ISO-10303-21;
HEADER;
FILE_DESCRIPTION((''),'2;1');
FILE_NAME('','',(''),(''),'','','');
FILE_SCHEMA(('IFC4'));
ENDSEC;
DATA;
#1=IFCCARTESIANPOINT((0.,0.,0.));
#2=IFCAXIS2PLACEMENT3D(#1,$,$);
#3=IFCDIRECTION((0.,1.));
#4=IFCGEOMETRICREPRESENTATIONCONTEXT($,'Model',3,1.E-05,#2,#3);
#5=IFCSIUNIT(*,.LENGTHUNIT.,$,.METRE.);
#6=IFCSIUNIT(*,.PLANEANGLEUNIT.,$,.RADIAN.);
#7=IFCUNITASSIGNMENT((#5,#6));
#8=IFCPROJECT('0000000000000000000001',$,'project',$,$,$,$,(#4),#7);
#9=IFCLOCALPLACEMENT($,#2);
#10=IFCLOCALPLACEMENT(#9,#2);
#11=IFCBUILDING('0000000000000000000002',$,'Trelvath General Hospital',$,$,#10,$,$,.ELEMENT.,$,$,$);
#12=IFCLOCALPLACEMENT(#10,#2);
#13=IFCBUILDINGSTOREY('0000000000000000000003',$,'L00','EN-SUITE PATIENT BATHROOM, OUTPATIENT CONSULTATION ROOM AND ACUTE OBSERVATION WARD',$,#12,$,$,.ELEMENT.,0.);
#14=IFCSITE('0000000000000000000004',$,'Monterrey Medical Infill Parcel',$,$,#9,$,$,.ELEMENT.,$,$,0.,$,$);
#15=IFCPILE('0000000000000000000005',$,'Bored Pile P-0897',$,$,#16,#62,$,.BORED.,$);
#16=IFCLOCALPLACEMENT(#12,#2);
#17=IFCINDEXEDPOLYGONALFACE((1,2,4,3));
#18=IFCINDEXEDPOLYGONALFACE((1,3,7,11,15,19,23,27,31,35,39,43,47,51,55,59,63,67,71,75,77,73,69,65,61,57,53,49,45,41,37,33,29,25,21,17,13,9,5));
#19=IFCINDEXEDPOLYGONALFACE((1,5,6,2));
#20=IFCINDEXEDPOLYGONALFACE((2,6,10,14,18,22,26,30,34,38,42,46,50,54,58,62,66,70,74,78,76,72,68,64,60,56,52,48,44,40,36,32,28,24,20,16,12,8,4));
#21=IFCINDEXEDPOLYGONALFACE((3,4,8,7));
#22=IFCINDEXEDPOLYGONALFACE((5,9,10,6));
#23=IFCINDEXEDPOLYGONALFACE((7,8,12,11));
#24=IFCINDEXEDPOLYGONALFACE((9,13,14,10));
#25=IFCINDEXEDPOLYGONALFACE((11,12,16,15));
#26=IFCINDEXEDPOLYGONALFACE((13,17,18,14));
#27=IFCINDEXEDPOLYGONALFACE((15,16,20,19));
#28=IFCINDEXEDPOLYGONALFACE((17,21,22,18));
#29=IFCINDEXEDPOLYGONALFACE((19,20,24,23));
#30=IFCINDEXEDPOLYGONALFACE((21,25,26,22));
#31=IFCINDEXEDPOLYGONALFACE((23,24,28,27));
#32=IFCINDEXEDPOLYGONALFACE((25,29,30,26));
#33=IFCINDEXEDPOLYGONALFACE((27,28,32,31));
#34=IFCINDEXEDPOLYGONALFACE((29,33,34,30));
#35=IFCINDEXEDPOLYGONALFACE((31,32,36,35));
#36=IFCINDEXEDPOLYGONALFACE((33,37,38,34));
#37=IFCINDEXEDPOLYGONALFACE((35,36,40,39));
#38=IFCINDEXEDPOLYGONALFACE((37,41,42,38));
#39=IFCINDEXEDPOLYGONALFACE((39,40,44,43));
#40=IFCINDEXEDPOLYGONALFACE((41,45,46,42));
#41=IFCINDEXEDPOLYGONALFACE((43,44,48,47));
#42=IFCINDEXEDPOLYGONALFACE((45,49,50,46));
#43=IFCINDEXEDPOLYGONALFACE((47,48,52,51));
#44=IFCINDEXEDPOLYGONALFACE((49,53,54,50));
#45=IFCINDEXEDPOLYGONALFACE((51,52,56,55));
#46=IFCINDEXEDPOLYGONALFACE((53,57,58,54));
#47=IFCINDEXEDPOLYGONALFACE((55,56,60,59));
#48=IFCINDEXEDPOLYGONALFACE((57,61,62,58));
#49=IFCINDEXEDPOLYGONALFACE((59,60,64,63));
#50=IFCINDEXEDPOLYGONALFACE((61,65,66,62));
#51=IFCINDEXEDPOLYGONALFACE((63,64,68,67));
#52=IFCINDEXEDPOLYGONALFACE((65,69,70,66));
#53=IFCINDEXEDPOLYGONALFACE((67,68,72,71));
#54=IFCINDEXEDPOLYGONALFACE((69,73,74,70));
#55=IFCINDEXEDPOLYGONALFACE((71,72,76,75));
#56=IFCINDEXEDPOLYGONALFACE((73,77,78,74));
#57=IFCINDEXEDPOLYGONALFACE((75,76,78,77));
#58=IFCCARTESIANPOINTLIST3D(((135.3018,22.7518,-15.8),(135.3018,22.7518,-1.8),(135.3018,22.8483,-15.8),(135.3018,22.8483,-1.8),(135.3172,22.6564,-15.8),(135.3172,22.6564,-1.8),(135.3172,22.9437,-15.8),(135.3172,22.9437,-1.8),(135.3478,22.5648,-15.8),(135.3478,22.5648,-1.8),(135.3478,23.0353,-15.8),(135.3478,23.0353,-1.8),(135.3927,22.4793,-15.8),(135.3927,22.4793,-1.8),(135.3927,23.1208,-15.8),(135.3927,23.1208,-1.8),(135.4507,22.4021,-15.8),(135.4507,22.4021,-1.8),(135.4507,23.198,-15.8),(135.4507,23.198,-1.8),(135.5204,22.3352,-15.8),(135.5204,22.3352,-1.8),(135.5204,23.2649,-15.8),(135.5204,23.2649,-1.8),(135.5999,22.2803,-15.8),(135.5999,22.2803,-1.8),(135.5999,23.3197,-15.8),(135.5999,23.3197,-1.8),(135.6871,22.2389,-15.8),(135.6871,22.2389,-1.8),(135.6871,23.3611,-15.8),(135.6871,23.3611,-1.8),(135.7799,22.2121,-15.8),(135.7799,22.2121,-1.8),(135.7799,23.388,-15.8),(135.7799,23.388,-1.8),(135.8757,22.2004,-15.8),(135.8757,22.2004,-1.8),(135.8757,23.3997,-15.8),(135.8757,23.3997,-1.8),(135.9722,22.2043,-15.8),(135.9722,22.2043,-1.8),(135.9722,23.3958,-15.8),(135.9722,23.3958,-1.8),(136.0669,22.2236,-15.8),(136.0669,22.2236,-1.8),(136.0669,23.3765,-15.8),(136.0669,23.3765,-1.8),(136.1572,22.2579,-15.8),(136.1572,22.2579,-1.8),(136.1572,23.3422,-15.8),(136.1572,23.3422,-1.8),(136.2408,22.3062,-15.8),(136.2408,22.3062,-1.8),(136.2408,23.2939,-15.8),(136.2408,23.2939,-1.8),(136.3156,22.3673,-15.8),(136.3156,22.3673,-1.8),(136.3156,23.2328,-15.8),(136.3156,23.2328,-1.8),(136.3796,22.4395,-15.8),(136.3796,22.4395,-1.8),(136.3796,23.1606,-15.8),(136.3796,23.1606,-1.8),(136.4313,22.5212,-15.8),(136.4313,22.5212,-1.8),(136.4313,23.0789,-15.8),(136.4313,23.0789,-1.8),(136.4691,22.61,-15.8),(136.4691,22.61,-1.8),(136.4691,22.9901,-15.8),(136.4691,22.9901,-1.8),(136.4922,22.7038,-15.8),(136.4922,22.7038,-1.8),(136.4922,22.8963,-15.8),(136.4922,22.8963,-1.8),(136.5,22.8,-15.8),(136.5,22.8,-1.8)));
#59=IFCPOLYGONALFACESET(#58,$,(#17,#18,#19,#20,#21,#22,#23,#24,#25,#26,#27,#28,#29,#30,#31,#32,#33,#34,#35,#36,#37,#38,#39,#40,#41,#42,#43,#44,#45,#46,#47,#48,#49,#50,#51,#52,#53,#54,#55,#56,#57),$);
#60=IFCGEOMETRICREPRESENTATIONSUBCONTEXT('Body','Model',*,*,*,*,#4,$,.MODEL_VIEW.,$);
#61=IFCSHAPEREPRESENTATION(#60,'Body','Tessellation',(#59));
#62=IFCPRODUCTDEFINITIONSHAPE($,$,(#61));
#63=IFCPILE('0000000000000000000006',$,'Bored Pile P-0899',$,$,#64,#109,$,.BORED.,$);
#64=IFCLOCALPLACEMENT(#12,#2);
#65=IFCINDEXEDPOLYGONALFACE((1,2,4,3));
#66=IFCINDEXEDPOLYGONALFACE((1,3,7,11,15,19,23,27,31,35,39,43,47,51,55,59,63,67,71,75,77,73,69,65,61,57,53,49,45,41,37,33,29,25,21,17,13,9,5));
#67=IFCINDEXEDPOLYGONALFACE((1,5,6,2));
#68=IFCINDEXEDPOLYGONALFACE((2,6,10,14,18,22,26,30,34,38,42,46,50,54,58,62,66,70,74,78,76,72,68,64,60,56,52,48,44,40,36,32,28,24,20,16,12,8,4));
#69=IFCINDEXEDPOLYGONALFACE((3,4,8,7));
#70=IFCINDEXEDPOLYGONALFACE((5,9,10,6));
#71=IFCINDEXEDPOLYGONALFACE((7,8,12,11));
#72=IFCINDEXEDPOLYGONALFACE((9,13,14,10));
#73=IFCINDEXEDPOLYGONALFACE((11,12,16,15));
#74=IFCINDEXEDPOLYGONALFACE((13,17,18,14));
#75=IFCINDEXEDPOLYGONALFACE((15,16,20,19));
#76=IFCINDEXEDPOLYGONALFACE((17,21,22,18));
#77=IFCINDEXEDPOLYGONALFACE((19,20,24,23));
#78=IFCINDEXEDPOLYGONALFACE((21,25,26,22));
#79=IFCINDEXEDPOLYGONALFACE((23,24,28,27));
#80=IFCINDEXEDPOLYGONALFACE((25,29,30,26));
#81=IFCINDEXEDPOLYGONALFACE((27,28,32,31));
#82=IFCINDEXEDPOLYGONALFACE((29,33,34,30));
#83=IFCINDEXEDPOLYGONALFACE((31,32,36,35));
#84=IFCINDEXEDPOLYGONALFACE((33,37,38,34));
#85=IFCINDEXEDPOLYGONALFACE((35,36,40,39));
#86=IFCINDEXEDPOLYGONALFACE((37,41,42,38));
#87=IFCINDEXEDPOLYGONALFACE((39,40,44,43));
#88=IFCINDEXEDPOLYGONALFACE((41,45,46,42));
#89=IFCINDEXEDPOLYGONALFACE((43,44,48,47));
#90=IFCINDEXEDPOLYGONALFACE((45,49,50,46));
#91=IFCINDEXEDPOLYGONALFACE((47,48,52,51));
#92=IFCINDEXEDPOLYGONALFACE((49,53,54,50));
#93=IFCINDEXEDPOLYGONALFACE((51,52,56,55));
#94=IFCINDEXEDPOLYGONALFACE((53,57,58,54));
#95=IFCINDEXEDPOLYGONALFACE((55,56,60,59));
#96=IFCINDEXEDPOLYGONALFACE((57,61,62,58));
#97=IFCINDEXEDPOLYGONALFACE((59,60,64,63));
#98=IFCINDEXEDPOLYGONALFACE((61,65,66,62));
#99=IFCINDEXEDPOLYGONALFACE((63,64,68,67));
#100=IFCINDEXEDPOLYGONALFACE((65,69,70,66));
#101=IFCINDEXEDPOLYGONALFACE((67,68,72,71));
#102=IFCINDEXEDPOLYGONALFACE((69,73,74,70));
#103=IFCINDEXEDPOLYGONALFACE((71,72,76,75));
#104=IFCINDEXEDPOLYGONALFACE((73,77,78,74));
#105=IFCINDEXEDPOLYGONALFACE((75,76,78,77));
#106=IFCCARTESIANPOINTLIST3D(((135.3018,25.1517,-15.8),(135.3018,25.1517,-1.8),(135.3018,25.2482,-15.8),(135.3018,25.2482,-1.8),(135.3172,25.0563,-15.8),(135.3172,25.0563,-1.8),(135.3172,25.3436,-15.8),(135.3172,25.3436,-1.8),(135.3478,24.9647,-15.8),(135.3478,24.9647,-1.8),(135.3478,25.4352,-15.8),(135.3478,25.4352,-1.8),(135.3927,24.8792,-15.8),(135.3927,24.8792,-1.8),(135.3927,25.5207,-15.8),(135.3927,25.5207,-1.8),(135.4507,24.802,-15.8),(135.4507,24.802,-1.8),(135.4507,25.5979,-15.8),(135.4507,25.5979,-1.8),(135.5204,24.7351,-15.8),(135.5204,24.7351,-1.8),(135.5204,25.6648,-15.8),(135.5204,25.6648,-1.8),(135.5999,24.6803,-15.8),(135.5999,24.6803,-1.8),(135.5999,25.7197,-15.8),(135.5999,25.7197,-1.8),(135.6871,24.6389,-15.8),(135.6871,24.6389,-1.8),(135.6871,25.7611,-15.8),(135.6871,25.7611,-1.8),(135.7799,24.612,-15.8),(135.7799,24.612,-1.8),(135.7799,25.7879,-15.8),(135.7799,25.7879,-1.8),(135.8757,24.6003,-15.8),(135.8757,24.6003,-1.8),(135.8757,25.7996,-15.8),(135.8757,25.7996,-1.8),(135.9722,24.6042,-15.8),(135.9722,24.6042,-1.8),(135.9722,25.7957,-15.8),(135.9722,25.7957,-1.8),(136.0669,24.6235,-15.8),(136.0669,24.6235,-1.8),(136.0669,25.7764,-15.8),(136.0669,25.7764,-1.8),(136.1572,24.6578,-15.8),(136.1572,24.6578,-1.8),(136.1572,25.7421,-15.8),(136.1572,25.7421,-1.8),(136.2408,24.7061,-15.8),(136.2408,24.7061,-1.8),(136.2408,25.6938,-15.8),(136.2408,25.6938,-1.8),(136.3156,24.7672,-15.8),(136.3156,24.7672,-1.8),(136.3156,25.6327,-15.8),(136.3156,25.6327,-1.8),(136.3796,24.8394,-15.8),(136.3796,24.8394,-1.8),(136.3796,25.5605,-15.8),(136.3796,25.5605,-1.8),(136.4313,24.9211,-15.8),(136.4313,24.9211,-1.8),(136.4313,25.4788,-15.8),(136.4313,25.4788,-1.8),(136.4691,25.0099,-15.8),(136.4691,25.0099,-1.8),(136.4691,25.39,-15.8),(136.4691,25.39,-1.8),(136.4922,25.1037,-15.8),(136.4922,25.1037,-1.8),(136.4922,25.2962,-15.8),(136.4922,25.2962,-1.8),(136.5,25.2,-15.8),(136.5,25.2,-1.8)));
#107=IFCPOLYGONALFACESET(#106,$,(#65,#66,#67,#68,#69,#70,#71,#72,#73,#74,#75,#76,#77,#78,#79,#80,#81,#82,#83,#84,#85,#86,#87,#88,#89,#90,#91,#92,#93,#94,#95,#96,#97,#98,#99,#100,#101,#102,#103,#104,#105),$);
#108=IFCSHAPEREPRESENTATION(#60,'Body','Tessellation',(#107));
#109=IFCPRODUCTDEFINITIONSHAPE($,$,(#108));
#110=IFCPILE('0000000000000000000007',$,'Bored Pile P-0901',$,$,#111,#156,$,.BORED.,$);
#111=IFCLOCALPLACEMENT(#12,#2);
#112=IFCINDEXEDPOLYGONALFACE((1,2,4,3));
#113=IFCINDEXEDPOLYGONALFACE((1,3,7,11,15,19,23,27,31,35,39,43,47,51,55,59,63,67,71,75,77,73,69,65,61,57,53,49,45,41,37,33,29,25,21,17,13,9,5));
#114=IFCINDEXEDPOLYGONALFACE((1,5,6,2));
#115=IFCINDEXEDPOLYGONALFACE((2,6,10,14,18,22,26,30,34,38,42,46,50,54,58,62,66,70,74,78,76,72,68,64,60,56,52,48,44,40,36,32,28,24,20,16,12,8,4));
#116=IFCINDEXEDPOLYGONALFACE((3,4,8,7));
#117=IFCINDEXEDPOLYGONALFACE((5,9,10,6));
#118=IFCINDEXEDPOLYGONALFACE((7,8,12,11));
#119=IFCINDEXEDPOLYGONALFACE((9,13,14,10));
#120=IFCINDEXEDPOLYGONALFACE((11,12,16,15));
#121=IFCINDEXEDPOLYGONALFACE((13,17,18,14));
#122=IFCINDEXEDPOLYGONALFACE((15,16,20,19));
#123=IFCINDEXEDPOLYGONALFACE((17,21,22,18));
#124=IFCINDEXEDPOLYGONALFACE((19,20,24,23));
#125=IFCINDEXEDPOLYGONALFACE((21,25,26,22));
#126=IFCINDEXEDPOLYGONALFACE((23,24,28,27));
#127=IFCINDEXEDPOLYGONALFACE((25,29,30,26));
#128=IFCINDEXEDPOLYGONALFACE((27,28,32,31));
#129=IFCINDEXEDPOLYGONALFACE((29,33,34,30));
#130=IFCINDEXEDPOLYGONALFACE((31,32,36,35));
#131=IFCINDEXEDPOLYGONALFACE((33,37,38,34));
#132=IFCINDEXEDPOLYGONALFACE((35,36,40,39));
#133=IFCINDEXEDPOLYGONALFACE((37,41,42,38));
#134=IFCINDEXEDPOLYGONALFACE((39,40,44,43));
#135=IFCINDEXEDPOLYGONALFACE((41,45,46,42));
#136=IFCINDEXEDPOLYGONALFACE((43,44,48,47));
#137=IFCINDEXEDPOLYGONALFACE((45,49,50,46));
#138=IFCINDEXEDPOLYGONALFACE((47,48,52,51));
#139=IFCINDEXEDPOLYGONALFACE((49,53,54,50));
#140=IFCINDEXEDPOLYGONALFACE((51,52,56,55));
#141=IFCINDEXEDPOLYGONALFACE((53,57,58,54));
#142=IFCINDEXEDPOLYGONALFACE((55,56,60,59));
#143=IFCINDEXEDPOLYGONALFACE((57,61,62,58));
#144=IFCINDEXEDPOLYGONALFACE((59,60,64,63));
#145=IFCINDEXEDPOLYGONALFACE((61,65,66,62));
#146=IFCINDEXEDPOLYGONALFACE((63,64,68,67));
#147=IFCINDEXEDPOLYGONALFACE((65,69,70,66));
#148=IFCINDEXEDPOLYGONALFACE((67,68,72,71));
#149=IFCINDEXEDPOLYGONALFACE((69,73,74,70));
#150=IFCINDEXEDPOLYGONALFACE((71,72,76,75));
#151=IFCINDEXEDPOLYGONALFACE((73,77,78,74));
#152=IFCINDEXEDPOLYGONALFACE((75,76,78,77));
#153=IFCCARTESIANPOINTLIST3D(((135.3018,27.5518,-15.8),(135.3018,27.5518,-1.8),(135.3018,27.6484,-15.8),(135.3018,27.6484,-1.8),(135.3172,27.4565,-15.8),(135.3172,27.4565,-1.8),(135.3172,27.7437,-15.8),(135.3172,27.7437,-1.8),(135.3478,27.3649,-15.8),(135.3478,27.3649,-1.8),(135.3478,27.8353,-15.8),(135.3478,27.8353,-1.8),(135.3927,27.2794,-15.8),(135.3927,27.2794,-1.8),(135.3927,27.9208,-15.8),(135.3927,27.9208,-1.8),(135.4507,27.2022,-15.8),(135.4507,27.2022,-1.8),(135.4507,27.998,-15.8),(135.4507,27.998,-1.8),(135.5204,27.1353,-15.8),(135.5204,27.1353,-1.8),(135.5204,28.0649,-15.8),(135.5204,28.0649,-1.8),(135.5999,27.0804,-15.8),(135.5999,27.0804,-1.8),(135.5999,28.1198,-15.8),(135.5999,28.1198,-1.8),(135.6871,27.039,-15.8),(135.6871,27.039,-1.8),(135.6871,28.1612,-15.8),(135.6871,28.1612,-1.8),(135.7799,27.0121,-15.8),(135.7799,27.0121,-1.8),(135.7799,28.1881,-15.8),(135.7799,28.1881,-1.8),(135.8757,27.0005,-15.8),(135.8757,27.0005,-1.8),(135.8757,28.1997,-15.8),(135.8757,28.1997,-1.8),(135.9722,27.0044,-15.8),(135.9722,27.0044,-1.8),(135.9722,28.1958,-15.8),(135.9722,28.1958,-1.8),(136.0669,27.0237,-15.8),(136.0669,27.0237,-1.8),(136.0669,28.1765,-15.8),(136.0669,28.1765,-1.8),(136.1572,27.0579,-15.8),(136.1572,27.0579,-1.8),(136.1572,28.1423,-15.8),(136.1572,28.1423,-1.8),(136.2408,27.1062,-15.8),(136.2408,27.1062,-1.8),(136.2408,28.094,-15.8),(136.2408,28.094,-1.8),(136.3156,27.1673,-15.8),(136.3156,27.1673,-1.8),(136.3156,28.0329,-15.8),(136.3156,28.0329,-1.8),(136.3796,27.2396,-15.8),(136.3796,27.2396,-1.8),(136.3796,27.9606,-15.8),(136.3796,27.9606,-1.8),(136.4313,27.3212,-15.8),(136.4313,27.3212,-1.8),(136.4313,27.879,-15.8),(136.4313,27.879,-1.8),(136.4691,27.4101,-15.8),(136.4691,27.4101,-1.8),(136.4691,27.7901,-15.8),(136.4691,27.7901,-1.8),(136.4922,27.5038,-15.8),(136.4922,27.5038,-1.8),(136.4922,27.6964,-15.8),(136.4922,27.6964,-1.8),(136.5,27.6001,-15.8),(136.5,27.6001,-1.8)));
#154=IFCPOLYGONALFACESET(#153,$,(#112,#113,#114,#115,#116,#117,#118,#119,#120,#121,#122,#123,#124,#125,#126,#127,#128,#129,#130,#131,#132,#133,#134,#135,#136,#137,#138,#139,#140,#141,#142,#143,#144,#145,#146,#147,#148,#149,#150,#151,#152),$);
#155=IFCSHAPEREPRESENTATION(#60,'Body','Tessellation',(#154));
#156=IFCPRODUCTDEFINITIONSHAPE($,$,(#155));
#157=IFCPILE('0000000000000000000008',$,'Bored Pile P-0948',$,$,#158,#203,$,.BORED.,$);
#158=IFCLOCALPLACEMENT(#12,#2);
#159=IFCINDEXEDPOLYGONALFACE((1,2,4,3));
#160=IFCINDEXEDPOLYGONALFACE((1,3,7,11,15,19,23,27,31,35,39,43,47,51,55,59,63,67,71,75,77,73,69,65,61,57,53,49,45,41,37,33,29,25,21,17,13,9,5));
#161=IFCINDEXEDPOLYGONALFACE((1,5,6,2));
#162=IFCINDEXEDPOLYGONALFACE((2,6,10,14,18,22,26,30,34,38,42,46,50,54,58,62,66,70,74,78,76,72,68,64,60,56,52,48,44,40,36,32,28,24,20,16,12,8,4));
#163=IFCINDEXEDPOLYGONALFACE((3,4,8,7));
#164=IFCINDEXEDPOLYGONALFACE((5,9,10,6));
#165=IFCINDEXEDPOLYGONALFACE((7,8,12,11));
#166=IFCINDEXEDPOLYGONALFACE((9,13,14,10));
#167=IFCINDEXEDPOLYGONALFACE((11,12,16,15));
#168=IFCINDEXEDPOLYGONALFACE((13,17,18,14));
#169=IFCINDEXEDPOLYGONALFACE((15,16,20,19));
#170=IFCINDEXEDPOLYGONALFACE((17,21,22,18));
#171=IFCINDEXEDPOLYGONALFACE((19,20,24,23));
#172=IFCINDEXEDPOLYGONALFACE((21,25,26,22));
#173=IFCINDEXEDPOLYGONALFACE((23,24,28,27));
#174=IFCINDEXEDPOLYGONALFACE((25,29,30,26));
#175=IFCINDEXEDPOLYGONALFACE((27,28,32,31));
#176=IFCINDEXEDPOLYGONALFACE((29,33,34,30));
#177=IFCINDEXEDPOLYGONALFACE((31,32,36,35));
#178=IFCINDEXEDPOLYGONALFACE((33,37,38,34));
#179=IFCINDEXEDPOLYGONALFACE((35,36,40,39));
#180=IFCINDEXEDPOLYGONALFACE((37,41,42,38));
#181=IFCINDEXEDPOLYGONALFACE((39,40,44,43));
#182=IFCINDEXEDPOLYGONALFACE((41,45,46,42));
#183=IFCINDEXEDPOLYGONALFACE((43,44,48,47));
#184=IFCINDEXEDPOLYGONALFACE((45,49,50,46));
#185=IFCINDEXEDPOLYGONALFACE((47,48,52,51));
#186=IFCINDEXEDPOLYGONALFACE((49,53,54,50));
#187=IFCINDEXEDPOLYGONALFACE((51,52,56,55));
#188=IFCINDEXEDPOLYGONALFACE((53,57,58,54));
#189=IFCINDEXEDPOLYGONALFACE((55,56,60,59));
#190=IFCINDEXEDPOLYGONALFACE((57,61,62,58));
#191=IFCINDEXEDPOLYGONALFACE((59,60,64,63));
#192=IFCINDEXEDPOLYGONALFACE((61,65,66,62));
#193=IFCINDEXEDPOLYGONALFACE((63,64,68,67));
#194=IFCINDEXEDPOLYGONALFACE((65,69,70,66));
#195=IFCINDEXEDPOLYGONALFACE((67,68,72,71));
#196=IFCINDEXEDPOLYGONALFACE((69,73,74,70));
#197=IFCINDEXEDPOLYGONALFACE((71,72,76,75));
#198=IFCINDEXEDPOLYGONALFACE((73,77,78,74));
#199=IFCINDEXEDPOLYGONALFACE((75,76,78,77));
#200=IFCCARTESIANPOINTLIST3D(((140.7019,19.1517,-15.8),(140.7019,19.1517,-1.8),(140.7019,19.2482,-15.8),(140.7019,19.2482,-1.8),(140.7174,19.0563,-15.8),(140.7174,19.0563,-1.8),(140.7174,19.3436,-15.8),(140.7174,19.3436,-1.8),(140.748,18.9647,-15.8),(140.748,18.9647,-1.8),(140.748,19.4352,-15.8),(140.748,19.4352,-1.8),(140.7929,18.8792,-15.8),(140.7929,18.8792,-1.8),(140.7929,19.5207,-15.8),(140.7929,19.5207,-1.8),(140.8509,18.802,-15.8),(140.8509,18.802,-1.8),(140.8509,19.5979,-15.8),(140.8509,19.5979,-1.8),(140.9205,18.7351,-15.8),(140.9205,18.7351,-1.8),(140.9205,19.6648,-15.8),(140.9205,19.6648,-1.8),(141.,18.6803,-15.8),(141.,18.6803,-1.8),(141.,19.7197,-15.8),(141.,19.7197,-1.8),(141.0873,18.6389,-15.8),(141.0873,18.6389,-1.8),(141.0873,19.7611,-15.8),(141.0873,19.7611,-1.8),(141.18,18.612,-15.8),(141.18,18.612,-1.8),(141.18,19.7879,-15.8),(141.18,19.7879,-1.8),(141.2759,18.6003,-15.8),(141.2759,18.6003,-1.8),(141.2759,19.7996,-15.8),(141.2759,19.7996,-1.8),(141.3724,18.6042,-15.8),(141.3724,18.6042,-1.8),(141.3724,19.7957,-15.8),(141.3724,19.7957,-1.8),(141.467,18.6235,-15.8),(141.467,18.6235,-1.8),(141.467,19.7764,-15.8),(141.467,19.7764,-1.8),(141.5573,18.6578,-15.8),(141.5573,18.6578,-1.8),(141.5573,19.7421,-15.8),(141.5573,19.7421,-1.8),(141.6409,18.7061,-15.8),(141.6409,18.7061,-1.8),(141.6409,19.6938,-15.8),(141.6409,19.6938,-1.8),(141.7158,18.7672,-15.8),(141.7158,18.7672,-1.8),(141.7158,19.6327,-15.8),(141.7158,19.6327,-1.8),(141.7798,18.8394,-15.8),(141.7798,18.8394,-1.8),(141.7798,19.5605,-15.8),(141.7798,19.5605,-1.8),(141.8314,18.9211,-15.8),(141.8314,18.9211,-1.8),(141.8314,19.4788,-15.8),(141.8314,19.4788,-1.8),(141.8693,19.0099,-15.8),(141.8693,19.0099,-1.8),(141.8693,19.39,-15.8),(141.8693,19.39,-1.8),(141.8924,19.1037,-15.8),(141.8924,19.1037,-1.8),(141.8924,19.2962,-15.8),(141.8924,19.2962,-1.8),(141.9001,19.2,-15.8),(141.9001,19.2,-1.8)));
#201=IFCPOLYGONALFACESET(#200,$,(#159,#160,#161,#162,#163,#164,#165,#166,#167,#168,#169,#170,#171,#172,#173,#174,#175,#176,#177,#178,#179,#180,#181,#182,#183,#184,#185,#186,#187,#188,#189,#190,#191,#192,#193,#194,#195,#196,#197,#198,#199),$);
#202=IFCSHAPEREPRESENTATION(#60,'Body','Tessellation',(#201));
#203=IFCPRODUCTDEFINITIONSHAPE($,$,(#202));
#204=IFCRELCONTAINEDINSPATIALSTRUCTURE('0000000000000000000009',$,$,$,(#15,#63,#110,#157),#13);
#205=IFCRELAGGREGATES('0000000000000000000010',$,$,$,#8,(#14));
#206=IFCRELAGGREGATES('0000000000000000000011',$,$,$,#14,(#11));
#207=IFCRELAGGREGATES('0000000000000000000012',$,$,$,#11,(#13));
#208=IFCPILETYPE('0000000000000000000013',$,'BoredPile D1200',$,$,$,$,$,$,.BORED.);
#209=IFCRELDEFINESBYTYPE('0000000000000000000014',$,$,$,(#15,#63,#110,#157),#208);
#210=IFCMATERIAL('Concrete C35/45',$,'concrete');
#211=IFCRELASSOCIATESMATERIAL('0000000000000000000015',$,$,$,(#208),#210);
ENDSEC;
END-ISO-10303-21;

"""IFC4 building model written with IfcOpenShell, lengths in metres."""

from ifc_helpers import new_model, si_unit, direction, frame, origin, origin_2d, place, context, subcontext, project, spatial, circle, extrude, material, material_profile, profile_set, type_object, element, save


model = new_model("IFC4")

# Units and contexts
model_context = context("Model", 3, precision=1e-05, world=origin(), true_north=direction((0.0, 1.0)))
body_context = subcontext(model_context, "Body", "Model", "MODEL_VIEW")
ifc_project = project(units=[si_unit("LENGTHUNIT", "METRE"), si_unit("PLANEANGLEUNIT", "RADIAN")], contexts=[model_context])

# Site, building, storey
site_placement = place(None, origin())
site = spatial("IfcSite", under=ifc_project, at=site_placement, Name="Monterrey Medical Infill Parcel", CompositionType="ELEMENT", RefElevation=0.0)
building_placement = place(site_placement, origin())
building = spatial("IfcBuilding", under=site, at=building_placement, Name="Trelvath General Hospital", CompositionType="ELEMENT")
storey_placement = place(building_placement, origin())
storey = spatial("IfcBuildingStorey", under=building, at=storey_placement, Name="L00", Description="EN-SUITE PATIENT BATHROOM, OUTPATIENT CONSULTATION ROOM AND ACUTE OBSERVATION WARD", CompositionType="ELEMENT", Elevation=0.0)

# Piles
ifc_material_1 = material(Name="Concrete C35/45", Category="concrete")
ifc_material_profile_1 = material_profile(ifc_material_1, circle(Radius=0.6001, at=origin_2d()), Name="PILE1200")
ifc_profile_set_1 = profile_set([ifc_material_profile_1], Name="Concrete C35/45")
pile_type_1 = type_object("IfcPileType", Name="BoredPile D1200", PredefinedType="BORED", material=ifc_profile_set_1)
for number, where, z_axis, x_axis, name in (
    (1, (135.8999, 22.8, -1.8), (0.0, 0.0, -1.0), (1.0, 0.0, 0.0), "Bored Pile P-0897"),
    (2, (135.8999, 25.2, -1.8), (0.0, 0.0, -1.0), (1.0, 0.0, 0.0), "Bored Pile P-0899"),
    (3, (135.8999, 27.6001, -1.8), (0.0, 0.0, -1.0), (1.0, 0.0, 0.0), "Bored Pile P-0901"),
    (4, (141.3, 19.2, -1.8), (0.0, 0.0, -1.0), (1.0, 0.0, 0.0), "Bored Pile P-0948"),
):
    element("IfcPile", number, at=place(storey_placement, frame(where, z_axis=z_axis, x_axis=x_axis)), inside=storey, type_object=pile_type_1, Name=name, PredefinedType="BORED", context=body_context, shape_type="SweptSolid", body=[
        extrude(circle(Radius=0.6001, at=origin_2d()), origin(), (0.0, 0.0, 1.0), 14.0),
    ])

save(model, "model.ifc")
